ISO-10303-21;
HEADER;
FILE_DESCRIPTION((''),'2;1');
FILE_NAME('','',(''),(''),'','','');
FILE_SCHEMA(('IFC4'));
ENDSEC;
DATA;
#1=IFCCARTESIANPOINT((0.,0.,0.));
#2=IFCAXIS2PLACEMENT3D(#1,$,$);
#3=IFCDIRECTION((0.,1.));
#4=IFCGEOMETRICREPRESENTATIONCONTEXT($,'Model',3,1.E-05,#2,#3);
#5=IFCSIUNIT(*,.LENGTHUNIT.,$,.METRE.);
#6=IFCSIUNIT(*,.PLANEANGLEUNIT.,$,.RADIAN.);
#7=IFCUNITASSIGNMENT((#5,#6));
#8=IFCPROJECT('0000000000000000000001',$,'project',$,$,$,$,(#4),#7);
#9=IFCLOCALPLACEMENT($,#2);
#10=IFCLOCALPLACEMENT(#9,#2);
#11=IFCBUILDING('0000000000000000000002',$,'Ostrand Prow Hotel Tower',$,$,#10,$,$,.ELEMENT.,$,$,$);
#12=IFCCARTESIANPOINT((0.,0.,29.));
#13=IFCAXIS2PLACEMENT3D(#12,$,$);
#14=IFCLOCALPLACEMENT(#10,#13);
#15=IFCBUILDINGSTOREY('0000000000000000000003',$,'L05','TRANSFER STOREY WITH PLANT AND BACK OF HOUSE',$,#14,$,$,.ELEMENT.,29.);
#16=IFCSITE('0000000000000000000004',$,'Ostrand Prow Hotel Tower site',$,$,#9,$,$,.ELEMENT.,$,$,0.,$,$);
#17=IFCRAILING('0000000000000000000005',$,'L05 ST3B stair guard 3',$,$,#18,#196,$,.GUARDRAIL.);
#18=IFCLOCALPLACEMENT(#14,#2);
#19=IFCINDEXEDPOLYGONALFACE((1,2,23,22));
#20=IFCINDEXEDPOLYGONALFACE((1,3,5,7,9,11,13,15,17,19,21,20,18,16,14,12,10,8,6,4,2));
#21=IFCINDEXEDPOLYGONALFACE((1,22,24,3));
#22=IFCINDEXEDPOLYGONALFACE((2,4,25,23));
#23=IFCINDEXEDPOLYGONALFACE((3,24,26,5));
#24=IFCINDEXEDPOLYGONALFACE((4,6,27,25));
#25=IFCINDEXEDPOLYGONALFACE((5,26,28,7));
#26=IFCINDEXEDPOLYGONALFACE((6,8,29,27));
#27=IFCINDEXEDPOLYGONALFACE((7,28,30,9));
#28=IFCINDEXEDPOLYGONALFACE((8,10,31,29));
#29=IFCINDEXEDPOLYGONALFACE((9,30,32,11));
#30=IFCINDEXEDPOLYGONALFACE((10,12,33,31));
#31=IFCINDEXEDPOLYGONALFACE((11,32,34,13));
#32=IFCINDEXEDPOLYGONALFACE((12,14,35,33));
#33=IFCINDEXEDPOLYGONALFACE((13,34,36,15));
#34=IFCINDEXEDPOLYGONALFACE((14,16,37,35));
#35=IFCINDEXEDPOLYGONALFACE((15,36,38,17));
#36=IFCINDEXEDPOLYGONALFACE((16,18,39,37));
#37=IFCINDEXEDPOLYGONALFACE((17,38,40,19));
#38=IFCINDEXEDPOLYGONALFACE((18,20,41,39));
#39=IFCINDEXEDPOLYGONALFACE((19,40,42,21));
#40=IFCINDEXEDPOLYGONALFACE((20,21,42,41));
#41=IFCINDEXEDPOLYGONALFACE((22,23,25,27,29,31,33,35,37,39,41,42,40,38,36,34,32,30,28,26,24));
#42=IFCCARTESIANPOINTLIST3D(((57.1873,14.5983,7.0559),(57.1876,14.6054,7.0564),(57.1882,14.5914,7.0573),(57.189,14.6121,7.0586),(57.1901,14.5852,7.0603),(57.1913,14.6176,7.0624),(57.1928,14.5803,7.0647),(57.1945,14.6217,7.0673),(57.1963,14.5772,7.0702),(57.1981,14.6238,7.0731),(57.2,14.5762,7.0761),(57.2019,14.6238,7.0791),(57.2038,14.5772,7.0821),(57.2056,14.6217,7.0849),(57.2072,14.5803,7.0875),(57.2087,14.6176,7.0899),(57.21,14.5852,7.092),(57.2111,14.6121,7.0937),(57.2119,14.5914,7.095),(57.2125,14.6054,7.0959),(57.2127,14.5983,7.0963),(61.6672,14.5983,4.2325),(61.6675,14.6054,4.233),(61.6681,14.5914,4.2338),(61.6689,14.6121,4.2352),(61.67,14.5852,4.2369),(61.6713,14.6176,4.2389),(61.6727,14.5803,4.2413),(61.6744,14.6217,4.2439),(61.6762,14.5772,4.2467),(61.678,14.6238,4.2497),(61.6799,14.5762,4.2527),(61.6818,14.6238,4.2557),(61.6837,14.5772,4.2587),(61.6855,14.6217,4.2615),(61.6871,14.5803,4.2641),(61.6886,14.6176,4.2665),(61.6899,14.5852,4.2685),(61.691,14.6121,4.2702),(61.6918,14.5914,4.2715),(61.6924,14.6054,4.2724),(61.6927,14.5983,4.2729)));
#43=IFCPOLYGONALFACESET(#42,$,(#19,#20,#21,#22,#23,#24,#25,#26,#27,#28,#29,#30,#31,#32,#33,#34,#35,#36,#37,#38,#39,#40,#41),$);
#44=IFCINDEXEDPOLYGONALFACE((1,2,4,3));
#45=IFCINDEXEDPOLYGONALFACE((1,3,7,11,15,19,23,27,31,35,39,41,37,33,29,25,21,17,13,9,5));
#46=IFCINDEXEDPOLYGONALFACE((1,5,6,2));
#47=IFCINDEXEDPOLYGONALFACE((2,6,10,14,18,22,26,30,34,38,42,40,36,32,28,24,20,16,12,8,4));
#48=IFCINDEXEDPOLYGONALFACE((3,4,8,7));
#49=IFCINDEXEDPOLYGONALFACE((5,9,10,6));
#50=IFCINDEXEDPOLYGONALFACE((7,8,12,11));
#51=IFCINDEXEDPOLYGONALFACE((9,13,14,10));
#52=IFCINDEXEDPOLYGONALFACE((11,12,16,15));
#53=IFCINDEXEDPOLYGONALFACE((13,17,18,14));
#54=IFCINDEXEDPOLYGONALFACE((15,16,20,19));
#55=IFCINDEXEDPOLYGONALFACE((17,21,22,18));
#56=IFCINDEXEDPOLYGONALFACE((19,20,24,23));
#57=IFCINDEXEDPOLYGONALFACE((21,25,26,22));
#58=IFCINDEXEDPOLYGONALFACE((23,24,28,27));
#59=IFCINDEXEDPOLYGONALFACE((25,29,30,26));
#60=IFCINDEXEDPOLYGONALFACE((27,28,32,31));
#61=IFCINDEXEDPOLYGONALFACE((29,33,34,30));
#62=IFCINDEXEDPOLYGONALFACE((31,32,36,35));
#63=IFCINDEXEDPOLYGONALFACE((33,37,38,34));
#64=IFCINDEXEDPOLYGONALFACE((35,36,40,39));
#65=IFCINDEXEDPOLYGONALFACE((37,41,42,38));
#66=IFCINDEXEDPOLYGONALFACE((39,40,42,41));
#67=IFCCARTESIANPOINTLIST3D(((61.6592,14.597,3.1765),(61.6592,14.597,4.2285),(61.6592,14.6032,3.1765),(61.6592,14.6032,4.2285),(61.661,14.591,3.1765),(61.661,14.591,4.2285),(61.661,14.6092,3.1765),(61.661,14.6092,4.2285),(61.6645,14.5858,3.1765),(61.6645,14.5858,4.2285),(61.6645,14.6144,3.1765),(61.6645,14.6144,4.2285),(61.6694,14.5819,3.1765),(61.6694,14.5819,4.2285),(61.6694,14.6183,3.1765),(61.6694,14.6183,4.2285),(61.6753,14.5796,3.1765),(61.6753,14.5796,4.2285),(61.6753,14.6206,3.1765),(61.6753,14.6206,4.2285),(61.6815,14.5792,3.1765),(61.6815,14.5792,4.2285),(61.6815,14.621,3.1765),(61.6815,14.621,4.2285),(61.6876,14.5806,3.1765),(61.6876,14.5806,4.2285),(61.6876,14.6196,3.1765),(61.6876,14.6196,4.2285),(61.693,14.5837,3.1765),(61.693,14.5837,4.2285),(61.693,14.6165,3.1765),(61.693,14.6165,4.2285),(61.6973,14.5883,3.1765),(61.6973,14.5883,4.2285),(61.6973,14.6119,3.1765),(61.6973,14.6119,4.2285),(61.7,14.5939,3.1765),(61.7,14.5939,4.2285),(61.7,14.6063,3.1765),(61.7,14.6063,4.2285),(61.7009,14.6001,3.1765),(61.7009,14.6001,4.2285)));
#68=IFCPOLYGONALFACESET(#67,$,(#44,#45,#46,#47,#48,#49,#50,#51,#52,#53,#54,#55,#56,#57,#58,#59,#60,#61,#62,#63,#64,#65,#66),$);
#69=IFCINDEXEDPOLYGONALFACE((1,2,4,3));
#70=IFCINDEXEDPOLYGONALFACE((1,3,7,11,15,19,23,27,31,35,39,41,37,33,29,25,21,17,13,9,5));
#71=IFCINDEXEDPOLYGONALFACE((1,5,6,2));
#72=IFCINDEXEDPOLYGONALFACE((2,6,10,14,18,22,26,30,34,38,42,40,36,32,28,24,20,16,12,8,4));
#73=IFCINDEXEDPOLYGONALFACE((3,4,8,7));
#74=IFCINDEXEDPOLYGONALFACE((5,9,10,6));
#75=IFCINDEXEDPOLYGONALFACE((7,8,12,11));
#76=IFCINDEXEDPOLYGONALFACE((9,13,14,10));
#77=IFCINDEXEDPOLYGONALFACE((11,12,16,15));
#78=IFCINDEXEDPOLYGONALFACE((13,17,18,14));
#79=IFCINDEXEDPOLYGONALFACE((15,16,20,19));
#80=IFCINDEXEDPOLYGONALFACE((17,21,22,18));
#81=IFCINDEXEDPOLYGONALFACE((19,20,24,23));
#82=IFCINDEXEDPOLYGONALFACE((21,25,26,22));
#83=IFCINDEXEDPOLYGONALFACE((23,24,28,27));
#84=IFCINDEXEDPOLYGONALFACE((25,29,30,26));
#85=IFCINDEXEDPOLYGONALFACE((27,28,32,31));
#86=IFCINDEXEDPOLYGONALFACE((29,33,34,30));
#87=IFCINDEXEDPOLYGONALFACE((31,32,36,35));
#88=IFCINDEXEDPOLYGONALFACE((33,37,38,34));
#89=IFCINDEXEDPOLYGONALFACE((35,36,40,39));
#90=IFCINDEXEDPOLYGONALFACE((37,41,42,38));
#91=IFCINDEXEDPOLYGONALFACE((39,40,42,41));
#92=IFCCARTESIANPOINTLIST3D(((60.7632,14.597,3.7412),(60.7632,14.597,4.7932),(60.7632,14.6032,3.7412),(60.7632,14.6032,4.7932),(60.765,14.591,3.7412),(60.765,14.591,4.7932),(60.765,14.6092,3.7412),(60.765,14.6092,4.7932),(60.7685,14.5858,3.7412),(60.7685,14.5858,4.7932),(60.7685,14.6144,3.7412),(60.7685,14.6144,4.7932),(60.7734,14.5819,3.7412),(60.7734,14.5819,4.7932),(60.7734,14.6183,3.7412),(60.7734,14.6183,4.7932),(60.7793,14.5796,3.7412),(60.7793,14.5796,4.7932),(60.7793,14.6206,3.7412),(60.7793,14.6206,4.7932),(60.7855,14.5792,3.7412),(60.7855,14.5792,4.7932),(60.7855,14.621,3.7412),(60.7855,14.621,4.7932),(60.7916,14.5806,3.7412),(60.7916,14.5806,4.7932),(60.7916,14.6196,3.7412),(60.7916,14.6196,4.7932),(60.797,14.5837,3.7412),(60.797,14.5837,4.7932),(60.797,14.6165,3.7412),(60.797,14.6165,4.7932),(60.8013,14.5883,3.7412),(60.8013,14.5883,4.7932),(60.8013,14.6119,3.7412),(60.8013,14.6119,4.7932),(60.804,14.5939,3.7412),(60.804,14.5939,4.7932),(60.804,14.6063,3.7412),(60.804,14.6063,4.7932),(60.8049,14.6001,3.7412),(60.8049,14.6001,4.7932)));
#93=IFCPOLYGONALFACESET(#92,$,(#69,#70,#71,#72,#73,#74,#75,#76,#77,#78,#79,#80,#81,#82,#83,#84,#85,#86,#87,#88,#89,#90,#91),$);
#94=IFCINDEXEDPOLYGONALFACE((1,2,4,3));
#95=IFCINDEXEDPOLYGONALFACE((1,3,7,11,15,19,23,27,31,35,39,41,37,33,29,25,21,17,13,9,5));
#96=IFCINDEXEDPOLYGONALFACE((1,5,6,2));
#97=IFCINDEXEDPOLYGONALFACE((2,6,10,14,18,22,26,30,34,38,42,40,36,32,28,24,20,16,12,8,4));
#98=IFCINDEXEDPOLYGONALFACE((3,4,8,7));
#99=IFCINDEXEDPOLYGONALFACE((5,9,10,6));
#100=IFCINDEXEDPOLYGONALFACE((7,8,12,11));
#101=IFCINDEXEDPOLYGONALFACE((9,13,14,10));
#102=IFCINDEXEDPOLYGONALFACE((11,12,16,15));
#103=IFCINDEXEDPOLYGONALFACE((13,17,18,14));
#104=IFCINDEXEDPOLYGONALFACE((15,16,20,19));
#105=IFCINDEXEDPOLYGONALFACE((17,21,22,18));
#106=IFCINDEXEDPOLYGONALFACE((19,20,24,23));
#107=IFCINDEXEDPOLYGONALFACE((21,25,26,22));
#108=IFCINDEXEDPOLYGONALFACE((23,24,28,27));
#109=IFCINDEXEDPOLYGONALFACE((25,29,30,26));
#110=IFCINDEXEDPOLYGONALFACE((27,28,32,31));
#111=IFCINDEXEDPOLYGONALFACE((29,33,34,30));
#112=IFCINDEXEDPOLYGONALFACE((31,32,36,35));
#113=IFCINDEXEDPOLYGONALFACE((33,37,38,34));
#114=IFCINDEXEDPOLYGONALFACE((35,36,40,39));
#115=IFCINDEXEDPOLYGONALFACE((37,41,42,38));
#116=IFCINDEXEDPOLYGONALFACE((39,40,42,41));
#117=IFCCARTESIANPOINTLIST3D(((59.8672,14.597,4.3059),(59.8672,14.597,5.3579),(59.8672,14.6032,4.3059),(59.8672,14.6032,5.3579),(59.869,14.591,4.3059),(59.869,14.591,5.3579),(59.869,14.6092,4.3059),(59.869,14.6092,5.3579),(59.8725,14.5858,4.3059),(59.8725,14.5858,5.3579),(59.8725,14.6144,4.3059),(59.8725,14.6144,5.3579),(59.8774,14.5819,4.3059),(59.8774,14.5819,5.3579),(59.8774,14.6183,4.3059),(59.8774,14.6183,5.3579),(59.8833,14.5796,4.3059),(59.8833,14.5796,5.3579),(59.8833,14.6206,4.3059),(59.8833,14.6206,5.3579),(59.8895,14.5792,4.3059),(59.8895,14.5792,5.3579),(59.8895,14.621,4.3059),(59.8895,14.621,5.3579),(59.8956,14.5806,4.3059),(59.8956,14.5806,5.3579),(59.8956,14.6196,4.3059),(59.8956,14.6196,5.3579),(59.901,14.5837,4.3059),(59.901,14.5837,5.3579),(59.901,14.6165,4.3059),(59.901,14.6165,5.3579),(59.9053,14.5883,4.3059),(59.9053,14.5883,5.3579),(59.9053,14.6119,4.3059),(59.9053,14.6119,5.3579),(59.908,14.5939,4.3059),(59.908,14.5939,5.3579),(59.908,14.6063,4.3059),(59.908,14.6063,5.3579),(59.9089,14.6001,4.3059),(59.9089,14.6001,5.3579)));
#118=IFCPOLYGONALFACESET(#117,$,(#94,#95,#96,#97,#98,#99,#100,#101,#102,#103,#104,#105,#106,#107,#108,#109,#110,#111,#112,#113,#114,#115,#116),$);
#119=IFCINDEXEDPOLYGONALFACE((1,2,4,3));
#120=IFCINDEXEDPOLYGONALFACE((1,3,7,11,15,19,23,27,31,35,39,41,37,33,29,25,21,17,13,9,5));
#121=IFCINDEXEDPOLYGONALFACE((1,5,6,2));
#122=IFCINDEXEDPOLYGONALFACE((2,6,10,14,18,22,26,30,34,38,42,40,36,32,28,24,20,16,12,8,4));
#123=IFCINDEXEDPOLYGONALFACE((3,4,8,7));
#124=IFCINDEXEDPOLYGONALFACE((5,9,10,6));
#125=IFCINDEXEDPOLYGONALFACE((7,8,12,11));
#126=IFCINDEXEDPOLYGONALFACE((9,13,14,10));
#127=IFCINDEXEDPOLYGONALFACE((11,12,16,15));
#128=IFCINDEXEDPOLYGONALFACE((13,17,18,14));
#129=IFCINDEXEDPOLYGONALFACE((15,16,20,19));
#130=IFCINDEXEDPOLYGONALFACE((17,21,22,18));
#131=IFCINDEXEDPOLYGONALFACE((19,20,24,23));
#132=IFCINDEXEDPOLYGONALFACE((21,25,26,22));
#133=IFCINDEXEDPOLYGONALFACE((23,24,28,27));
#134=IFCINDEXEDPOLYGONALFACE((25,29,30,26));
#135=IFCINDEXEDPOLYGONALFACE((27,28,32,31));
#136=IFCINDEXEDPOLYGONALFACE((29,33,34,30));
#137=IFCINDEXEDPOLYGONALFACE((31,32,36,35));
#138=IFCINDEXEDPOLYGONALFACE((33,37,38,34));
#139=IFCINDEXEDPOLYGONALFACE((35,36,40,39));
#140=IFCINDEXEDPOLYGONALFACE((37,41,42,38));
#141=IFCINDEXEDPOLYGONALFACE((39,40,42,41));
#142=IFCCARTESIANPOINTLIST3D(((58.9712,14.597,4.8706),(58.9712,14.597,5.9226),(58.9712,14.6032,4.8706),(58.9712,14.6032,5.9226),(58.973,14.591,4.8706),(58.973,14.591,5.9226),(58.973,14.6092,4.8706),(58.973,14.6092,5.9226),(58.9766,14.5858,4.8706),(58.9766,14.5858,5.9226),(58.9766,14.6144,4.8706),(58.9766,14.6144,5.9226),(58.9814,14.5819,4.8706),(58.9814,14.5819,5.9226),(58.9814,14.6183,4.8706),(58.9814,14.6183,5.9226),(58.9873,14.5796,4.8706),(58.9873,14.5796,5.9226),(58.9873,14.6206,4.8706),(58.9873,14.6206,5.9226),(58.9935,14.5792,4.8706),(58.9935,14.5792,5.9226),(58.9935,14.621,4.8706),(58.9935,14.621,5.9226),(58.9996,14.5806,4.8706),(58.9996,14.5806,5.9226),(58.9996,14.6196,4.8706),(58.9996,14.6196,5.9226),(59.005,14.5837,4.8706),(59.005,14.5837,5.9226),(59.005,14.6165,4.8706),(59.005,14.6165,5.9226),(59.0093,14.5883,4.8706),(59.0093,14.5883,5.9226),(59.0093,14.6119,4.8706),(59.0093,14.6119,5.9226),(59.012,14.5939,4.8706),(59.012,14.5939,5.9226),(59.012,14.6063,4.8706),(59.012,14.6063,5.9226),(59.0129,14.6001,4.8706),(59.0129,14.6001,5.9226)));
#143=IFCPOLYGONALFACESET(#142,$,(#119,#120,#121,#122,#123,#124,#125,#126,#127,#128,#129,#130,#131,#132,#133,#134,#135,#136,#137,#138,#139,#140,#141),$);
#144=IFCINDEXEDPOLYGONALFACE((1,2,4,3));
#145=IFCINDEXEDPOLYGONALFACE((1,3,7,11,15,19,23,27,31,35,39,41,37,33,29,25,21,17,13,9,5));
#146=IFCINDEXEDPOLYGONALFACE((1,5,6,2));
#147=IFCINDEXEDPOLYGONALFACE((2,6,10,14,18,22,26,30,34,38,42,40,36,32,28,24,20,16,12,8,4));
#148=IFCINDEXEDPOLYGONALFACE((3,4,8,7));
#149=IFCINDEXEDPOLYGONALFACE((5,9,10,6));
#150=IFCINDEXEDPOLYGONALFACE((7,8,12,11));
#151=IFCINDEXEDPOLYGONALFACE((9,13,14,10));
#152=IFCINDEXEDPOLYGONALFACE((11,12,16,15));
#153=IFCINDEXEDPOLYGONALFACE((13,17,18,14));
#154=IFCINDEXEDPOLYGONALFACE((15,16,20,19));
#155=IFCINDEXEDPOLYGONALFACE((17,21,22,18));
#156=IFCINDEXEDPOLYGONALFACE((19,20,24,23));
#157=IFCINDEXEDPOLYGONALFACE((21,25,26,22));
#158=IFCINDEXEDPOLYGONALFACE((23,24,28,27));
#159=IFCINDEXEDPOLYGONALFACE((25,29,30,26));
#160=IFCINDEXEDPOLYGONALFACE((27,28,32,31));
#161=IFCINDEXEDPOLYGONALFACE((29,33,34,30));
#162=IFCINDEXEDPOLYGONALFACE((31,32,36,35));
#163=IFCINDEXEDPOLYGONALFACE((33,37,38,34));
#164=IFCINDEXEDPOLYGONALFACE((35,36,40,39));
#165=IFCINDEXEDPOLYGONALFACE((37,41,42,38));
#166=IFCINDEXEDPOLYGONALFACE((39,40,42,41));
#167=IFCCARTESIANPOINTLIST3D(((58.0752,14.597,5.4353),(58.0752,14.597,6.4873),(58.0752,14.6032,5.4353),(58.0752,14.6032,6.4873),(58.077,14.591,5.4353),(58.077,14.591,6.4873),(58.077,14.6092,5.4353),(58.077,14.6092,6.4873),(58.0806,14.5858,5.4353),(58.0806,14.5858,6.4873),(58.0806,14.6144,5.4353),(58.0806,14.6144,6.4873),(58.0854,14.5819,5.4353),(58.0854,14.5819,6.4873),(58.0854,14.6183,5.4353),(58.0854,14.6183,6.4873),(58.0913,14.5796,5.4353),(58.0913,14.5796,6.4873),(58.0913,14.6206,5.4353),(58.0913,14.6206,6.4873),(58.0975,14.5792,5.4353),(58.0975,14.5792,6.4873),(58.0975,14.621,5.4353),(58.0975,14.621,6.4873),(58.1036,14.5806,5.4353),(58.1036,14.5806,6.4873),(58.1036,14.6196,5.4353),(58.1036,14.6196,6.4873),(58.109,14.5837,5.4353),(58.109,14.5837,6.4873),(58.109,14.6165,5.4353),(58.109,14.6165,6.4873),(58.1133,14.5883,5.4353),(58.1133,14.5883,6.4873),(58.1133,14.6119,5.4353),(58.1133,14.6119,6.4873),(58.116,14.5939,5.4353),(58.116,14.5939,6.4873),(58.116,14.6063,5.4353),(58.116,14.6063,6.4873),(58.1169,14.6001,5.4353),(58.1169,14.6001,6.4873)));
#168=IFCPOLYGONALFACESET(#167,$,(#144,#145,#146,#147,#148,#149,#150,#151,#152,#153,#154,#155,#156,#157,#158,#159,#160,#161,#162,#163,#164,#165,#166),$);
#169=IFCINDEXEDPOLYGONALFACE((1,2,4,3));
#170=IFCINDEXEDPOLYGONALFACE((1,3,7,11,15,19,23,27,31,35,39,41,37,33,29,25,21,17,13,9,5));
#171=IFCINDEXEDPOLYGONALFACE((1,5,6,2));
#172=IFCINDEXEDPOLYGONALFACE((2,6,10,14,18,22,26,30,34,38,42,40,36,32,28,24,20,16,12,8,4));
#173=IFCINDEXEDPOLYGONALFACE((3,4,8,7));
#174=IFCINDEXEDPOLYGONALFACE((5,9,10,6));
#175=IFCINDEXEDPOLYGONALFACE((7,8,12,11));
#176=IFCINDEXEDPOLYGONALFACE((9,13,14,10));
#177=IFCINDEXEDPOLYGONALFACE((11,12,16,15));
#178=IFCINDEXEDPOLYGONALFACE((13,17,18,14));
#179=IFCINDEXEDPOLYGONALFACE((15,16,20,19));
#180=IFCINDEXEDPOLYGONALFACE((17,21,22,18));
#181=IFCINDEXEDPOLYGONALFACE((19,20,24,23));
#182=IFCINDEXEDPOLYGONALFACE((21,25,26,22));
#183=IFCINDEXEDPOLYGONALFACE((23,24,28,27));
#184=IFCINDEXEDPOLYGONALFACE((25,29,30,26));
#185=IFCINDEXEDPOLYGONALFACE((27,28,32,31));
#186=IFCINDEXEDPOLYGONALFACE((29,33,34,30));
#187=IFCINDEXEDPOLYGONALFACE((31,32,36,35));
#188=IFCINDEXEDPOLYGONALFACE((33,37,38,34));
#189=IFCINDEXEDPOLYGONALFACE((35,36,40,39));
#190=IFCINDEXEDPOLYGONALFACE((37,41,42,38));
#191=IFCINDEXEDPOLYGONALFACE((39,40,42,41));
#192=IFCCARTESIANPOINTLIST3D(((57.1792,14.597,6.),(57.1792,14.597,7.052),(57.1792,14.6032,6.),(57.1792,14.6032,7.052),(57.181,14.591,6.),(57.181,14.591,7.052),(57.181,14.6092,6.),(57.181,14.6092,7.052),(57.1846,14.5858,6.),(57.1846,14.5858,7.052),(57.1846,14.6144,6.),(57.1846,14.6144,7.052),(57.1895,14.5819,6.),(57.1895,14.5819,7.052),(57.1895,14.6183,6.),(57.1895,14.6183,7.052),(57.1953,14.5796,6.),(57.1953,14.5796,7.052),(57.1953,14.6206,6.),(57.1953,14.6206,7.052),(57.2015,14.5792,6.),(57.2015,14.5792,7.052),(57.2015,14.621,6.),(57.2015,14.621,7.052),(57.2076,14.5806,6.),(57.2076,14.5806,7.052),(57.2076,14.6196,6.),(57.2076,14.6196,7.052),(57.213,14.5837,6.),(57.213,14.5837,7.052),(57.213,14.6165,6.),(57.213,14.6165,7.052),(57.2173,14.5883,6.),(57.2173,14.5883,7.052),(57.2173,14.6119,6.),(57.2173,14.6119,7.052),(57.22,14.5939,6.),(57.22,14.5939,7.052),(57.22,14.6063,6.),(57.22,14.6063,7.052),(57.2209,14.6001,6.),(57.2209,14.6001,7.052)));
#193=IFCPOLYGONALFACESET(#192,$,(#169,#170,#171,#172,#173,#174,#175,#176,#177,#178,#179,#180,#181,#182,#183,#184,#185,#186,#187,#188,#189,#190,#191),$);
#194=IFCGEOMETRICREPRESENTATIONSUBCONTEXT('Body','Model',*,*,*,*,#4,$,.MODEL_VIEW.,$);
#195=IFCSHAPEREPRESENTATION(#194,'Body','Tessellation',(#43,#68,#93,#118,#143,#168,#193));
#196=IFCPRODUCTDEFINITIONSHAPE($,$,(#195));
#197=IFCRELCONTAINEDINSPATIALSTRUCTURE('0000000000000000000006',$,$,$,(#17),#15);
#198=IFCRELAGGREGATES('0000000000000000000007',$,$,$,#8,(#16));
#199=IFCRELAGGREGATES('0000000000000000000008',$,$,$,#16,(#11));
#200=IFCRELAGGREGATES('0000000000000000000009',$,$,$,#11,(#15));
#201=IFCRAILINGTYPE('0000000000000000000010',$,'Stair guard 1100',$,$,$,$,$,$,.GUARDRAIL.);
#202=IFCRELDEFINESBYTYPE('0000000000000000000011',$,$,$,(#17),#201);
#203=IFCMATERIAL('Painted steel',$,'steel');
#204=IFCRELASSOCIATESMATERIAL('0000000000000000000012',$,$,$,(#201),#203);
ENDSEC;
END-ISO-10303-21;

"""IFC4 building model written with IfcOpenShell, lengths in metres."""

from ifc_helpers import new_model, si_unit, direction, frame, origin, origin_2d, place, context, subcontext, project, spatial, circle, extrude, material, type_object, element, save


model = new_model("IFC4")

# Units and contexts
model_context = context("Model", 3, precision=1e-05, world=origin(), true_north=direction((0.0, 1.0)))
body_context = subcontext(model_context, "Body", "Model", "MODEL_VIEW")
ifc_project = project(units=[si_unit("LENGTHUNIT", "METRE"), si_unit("PLANEANGLEUNIT", "RADIAN")], contexts=[model_context])

# Site, building, storey
site_placement = place(None, origin())
site = spatial("IfcSite", under=ifc_project, at=site_placement, Name="Ostrand Prow Hotel Tower site", CompositionType="ELEMENT", RefElevation=0.0)
building_placement = place(site_placement, origin())
building = spatial("IfcBuilding", under=site, at=building_placement, Name="Ostrand Prow Hotel Tower", CompositionType="ELEMENT")
storey_placement = place(building_placement, frame((0.0, 0.0, 29.0)))
storey = spatial("IfcBuildingStorey", under=building, at=storey_placement, Name="L05", Description="TRANSFER STOREY WITH PLANT AND BACK OF HOUSE", CompositionType="ELEMENT", Elevation=29.0)

# Railing
ifc_material_1 = material(Name="Painted steel", Category="steel")
railing_type_1 = type_object("IfcRailingType", Name="Stair guard 1100", PredefinedType="GUARDRAIL", material=ifc_material_1)
railing_1_placement = place(storey_placement, frame((61.6799, 14.6001, 3.1765)))
element("IfcRailing", 1, at=railing_1_placement, inside=storey, type_object=railing_type_1, Name="L05 ST3B stair guard 3", PredefinedType="GUARDRAIL", context=body_context, shape_type="SweptSolid", body=[
    extrude(circle(Radius=0.0239, at=origin_2d()), frame((0.0, 0.0, 1.0762), z_axis=(-0.845998, 0.0, 0.533186), x_axis=(0.0, -1.0, 0.0)), (0.0, 0.0, 1.0), 5.2954),
    extrude(circle(Radius=0.021, at=origin_2d()), origin(), (0.0, 0.0, 1.0), 1.052),
    extrude(circle(Radius=0.021, at=origin_2d()), frame((-0.896, 0.0, 0.5647)), (0.0, 0.0, 1.0), 1.052),
    extrude(circle(Radius=0.021, at=origin_2d()), frame((-1.792, 0.0, 1.1294)), (0.0, 0.0, 1.0), 1.052),
    extrude(circle(Radius=0.021, at=origin_2d()), frame((-2.688, 0.0, 1.6941)), (0.0, 0.0, 1.0), 1.052),
    extrude(circle(Radius=0.021, at=origin_2d()), frame((-3.584, 0.0, 2.2588)), (0.0, 0.0, 1.0), 1.052),
    extrude(circle(Radius=0.021, at=origin_2d()), frame((-4.48, 0.0, 2.8235)), (0.0, 0.0, 1.0), 1.052),
])

save(model, "model.ifc")
